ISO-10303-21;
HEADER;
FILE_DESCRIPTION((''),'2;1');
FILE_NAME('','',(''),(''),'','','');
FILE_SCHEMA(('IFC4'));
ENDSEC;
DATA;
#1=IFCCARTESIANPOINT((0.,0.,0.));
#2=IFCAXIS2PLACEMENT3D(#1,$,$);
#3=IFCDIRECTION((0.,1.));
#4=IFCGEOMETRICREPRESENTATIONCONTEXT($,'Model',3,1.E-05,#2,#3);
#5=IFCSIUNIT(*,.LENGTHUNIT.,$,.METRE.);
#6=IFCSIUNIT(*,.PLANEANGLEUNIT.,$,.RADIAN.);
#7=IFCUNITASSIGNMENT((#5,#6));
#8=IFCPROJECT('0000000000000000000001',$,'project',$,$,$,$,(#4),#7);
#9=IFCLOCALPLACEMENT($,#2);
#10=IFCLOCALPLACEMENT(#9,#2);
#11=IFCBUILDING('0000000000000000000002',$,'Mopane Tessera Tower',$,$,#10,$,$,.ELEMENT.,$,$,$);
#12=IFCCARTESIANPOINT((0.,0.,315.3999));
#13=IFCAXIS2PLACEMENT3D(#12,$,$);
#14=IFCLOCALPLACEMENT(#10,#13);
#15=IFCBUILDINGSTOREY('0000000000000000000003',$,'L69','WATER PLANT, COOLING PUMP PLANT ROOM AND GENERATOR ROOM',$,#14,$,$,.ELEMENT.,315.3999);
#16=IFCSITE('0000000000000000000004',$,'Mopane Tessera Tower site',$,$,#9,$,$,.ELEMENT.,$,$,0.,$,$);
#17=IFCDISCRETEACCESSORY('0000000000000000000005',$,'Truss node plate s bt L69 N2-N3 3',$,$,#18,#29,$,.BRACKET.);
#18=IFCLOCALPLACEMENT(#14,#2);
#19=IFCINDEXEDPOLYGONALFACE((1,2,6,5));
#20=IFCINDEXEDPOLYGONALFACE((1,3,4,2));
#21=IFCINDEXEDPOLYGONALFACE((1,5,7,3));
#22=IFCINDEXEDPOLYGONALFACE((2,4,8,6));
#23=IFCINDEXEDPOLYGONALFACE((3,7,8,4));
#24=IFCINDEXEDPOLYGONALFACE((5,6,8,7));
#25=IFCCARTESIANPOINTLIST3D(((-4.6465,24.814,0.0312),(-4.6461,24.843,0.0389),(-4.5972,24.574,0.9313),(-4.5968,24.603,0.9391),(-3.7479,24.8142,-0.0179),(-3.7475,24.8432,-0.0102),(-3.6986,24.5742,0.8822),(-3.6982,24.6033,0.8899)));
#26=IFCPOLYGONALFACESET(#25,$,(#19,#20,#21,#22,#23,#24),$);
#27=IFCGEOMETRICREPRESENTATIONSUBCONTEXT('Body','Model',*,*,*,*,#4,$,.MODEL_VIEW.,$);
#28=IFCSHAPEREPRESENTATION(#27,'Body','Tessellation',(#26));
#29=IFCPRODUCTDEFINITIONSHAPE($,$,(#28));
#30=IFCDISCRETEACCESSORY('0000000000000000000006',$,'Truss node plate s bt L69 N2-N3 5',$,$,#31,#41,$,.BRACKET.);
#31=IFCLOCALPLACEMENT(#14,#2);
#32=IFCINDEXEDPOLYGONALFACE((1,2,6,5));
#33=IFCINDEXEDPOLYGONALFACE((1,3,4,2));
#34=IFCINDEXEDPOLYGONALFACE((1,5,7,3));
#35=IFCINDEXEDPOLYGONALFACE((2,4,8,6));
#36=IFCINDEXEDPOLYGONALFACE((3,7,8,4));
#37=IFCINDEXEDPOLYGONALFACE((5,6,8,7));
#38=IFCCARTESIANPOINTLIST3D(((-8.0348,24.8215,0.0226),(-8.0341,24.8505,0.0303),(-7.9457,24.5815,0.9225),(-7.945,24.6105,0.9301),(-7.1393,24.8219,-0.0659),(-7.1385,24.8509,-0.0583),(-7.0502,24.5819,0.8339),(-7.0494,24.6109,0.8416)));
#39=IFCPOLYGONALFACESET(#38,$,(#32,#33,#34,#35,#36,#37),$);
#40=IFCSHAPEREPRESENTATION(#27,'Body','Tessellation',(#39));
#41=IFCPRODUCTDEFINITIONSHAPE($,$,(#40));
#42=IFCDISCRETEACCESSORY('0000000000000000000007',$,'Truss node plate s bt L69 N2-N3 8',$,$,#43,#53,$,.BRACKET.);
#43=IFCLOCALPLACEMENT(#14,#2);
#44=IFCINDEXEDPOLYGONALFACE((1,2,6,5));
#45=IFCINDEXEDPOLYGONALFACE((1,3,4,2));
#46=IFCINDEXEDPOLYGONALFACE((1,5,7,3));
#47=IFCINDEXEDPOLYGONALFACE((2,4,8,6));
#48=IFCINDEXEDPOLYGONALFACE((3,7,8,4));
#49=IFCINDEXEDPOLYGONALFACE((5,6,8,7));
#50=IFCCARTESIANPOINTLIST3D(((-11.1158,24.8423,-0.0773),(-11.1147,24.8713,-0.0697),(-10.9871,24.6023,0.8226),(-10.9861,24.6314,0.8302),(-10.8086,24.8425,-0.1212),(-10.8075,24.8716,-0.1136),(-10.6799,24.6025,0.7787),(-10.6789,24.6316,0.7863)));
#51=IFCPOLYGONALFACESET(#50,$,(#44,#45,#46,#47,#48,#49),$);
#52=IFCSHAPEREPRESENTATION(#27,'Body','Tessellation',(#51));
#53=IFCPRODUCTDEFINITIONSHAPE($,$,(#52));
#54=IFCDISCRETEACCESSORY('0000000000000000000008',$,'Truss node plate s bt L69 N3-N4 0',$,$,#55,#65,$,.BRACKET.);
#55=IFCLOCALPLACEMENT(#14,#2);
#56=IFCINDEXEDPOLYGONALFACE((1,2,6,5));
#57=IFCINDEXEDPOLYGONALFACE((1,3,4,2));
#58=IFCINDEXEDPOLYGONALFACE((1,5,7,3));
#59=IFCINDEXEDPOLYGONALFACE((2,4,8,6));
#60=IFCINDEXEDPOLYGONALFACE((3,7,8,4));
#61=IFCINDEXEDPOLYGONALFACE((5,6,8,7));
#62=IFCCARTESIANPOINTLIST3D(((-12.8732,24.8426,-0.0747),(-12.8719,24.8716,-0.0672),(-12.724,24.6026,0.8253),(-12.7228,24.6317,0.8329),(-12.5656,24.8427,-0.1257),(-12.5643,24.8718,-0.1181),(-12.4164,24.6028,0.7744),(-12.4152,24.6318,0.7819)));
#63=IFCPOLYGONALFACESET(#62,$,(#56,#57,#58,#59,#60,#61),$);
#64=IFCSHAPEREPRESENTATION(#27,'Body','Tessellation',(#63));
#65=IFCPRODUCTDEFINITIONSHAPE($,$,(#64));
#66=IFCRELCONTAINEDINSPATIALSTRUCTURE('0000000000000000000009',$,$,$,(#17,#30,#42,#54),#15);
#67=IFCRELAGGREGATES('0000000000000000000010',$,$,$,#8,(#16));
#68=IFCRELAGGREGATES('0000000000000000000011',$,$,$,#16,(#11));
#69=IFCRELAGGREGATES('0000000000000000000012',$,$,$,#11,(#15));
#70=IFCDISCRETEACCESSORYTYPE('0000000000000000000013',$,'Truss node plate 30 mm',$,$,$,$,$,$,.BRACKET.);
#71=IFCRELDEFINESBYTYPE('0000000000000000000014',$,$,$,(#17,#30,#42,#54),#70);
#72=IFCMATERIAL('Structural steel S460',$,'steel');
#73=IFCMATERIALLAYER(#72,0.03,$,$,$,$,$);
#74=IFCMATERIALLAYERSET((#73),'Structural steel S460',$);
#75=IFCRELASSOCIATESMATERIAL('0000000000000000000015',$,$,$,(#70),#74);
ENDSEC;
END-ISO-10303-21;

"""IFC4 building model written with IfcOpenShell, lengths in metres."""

from ifc_helpers import new_model, si_unit, direction, frame, origin, origin_2d, place, context, subcontext, project, spatial, rectangle, extrude, material, layer, layer_set, type_object, element, save


model = new_model("IFC4")

# Units and contexts
model_context = context("Model", 3, precision=1e-05, world=origin(), true_north=direction((0.0, 1.0)))
body_context = subcontext(model_context, "Body", "Model", "MODEL_VIEW")
ifc_project = project(units=[si_unit("LENGTHUNIT", "METRE"), si_unit("PLANEANGLEUNIT", "RADIAN")], contexts=[model_context])

# Site, building, storey
site_placement = place(None, origin())
site = spatial("IfcSite", under=ifc_project, at=site_placement, Name="Mopane Tessera Tower site", CompositionType="ELEMENT", RefElevation=0.0)
building_placement = place(site_placement, origin())
building = spatial("IfcBuilding", under=site, at=building_placement, Name="Mopane Tessera Tower", CompositionType="ELEMENT")
storey_placement = place(building_placement, frame((0.0, 0.0, 315.3999)))
storey = spatial("IfcBuildingStorey", under=building, at=storey_placement, Name="L69", Description="WATER PLANT, COOLING PUMP PLANT ROOM AND GENERATOR ROOM", CompositionType="ELEMENT", Elevation=315.3999)

# Discrete accessories
ifc_material_1 = material(Name="Structural steel S460", Category="steel")
ifc_layer_1 = layer(ifc_material_1, 0.03)
ifc_layer_set_1 = layer_set([ifc_layer_1], Name="Structural steel S460")
discrete_accessory_type_1 = type_object("IfcDiscreteAccessoryType", Name="Truss node plate 30 mm", PredefinedType="BRACKET", material=ifc_layer_set_1)
discrete_accessory_1_placement = place(storey_placement, frame((-4.197, 24.8286, 0.0105), z_axis=(0.052864, -0.257254, 0.964897), x_axis=(-0.013806, -0.966344, -0.256883)))
element("IfcDiscreteAccessory", 1, at=discrete_accessory_1_placement, inside=storey, type_object=discrete_accessory_type_1, Name="Truss node plate s bt L69 N2-N3 3", PredefinedType="BRACKET", context=body_context, shape_type="SweptSolid", body=[
    extrude(rectangle(XDim=0.03, YDim=0.8999, at=origin_2d()), origin(), (0.0, 0.0, 1.0), 0.9329),
])
discrete_accessory_2_placement = place(storey_placement, frame((-7.5867, 24.8362, -0.0178), z_axis=(0.095244, -0.256508, 0.961838), x_axis=(-0.024831, -0.966542, -0.255303)))
element("IfcDiscreteAccessory", 2, at=discrete_accessory_2_placement, inside=storey, type_object=discrete_accessory_type_1, Name="Truss node plate s bt L69 N2-N3 5", PredefinedType="BRACKET", context=body_context, shape_type="SweptSolid", body=[
    extrude(rectangle(XDim=0.03, YDim=0.8999, at=origin_2d()), origin(), (0.0, 0.0, 1.0), 0.9355),
])
discrete_accessory_3_placement = place(storey_placement, frame((-10.9617, 24.8569, -0.0955), z_axis=(0.136846, -0.255255, 0.957141), x_axis=(-0.035428, -0.966874, -0.252785)))
element("IfcDiscreteAccessory", 3, at=discrete_accessory_3_placement, inside=storey, type_object=discrete_accessory_type_1, Name="Truss node plate s bt L69 N2-N3 8", PredefinedType="BRACKET", context=body_context, shape_type="SweptSolid", body=[
    extrude(rectangle(XDim=0.03, YDim=0.3103, at=origin_2d()), origin(), (0.0, 0.0, 1.0), 0.9402),
])
discrete_accessory_4_placement = place(storey_placement, frame((-12.7188, 24.8572, -0.0964), z_axis=(0.15811, -0.254373, 0.954094), x_axis=(-0.041192, -0.967106, -0.251016)))
element("IfcDiscreteAccessory", 4, at=discrete_accessory_4_placement, inside=storey, type_object=discrete_accessory_type_1, Name="Truss node plate s bt L69 N3-N4 0", PredefinedType="BRACKET", context=body_context, shape_type="SweptSolid", body=[
    extrude(rectangle(XDim=0.03, YDim=0.3118, at=origin_2d()), origin(), (0.0, 0.0, 1.0), 0.9434),
])

save(model, "model.ifc")
